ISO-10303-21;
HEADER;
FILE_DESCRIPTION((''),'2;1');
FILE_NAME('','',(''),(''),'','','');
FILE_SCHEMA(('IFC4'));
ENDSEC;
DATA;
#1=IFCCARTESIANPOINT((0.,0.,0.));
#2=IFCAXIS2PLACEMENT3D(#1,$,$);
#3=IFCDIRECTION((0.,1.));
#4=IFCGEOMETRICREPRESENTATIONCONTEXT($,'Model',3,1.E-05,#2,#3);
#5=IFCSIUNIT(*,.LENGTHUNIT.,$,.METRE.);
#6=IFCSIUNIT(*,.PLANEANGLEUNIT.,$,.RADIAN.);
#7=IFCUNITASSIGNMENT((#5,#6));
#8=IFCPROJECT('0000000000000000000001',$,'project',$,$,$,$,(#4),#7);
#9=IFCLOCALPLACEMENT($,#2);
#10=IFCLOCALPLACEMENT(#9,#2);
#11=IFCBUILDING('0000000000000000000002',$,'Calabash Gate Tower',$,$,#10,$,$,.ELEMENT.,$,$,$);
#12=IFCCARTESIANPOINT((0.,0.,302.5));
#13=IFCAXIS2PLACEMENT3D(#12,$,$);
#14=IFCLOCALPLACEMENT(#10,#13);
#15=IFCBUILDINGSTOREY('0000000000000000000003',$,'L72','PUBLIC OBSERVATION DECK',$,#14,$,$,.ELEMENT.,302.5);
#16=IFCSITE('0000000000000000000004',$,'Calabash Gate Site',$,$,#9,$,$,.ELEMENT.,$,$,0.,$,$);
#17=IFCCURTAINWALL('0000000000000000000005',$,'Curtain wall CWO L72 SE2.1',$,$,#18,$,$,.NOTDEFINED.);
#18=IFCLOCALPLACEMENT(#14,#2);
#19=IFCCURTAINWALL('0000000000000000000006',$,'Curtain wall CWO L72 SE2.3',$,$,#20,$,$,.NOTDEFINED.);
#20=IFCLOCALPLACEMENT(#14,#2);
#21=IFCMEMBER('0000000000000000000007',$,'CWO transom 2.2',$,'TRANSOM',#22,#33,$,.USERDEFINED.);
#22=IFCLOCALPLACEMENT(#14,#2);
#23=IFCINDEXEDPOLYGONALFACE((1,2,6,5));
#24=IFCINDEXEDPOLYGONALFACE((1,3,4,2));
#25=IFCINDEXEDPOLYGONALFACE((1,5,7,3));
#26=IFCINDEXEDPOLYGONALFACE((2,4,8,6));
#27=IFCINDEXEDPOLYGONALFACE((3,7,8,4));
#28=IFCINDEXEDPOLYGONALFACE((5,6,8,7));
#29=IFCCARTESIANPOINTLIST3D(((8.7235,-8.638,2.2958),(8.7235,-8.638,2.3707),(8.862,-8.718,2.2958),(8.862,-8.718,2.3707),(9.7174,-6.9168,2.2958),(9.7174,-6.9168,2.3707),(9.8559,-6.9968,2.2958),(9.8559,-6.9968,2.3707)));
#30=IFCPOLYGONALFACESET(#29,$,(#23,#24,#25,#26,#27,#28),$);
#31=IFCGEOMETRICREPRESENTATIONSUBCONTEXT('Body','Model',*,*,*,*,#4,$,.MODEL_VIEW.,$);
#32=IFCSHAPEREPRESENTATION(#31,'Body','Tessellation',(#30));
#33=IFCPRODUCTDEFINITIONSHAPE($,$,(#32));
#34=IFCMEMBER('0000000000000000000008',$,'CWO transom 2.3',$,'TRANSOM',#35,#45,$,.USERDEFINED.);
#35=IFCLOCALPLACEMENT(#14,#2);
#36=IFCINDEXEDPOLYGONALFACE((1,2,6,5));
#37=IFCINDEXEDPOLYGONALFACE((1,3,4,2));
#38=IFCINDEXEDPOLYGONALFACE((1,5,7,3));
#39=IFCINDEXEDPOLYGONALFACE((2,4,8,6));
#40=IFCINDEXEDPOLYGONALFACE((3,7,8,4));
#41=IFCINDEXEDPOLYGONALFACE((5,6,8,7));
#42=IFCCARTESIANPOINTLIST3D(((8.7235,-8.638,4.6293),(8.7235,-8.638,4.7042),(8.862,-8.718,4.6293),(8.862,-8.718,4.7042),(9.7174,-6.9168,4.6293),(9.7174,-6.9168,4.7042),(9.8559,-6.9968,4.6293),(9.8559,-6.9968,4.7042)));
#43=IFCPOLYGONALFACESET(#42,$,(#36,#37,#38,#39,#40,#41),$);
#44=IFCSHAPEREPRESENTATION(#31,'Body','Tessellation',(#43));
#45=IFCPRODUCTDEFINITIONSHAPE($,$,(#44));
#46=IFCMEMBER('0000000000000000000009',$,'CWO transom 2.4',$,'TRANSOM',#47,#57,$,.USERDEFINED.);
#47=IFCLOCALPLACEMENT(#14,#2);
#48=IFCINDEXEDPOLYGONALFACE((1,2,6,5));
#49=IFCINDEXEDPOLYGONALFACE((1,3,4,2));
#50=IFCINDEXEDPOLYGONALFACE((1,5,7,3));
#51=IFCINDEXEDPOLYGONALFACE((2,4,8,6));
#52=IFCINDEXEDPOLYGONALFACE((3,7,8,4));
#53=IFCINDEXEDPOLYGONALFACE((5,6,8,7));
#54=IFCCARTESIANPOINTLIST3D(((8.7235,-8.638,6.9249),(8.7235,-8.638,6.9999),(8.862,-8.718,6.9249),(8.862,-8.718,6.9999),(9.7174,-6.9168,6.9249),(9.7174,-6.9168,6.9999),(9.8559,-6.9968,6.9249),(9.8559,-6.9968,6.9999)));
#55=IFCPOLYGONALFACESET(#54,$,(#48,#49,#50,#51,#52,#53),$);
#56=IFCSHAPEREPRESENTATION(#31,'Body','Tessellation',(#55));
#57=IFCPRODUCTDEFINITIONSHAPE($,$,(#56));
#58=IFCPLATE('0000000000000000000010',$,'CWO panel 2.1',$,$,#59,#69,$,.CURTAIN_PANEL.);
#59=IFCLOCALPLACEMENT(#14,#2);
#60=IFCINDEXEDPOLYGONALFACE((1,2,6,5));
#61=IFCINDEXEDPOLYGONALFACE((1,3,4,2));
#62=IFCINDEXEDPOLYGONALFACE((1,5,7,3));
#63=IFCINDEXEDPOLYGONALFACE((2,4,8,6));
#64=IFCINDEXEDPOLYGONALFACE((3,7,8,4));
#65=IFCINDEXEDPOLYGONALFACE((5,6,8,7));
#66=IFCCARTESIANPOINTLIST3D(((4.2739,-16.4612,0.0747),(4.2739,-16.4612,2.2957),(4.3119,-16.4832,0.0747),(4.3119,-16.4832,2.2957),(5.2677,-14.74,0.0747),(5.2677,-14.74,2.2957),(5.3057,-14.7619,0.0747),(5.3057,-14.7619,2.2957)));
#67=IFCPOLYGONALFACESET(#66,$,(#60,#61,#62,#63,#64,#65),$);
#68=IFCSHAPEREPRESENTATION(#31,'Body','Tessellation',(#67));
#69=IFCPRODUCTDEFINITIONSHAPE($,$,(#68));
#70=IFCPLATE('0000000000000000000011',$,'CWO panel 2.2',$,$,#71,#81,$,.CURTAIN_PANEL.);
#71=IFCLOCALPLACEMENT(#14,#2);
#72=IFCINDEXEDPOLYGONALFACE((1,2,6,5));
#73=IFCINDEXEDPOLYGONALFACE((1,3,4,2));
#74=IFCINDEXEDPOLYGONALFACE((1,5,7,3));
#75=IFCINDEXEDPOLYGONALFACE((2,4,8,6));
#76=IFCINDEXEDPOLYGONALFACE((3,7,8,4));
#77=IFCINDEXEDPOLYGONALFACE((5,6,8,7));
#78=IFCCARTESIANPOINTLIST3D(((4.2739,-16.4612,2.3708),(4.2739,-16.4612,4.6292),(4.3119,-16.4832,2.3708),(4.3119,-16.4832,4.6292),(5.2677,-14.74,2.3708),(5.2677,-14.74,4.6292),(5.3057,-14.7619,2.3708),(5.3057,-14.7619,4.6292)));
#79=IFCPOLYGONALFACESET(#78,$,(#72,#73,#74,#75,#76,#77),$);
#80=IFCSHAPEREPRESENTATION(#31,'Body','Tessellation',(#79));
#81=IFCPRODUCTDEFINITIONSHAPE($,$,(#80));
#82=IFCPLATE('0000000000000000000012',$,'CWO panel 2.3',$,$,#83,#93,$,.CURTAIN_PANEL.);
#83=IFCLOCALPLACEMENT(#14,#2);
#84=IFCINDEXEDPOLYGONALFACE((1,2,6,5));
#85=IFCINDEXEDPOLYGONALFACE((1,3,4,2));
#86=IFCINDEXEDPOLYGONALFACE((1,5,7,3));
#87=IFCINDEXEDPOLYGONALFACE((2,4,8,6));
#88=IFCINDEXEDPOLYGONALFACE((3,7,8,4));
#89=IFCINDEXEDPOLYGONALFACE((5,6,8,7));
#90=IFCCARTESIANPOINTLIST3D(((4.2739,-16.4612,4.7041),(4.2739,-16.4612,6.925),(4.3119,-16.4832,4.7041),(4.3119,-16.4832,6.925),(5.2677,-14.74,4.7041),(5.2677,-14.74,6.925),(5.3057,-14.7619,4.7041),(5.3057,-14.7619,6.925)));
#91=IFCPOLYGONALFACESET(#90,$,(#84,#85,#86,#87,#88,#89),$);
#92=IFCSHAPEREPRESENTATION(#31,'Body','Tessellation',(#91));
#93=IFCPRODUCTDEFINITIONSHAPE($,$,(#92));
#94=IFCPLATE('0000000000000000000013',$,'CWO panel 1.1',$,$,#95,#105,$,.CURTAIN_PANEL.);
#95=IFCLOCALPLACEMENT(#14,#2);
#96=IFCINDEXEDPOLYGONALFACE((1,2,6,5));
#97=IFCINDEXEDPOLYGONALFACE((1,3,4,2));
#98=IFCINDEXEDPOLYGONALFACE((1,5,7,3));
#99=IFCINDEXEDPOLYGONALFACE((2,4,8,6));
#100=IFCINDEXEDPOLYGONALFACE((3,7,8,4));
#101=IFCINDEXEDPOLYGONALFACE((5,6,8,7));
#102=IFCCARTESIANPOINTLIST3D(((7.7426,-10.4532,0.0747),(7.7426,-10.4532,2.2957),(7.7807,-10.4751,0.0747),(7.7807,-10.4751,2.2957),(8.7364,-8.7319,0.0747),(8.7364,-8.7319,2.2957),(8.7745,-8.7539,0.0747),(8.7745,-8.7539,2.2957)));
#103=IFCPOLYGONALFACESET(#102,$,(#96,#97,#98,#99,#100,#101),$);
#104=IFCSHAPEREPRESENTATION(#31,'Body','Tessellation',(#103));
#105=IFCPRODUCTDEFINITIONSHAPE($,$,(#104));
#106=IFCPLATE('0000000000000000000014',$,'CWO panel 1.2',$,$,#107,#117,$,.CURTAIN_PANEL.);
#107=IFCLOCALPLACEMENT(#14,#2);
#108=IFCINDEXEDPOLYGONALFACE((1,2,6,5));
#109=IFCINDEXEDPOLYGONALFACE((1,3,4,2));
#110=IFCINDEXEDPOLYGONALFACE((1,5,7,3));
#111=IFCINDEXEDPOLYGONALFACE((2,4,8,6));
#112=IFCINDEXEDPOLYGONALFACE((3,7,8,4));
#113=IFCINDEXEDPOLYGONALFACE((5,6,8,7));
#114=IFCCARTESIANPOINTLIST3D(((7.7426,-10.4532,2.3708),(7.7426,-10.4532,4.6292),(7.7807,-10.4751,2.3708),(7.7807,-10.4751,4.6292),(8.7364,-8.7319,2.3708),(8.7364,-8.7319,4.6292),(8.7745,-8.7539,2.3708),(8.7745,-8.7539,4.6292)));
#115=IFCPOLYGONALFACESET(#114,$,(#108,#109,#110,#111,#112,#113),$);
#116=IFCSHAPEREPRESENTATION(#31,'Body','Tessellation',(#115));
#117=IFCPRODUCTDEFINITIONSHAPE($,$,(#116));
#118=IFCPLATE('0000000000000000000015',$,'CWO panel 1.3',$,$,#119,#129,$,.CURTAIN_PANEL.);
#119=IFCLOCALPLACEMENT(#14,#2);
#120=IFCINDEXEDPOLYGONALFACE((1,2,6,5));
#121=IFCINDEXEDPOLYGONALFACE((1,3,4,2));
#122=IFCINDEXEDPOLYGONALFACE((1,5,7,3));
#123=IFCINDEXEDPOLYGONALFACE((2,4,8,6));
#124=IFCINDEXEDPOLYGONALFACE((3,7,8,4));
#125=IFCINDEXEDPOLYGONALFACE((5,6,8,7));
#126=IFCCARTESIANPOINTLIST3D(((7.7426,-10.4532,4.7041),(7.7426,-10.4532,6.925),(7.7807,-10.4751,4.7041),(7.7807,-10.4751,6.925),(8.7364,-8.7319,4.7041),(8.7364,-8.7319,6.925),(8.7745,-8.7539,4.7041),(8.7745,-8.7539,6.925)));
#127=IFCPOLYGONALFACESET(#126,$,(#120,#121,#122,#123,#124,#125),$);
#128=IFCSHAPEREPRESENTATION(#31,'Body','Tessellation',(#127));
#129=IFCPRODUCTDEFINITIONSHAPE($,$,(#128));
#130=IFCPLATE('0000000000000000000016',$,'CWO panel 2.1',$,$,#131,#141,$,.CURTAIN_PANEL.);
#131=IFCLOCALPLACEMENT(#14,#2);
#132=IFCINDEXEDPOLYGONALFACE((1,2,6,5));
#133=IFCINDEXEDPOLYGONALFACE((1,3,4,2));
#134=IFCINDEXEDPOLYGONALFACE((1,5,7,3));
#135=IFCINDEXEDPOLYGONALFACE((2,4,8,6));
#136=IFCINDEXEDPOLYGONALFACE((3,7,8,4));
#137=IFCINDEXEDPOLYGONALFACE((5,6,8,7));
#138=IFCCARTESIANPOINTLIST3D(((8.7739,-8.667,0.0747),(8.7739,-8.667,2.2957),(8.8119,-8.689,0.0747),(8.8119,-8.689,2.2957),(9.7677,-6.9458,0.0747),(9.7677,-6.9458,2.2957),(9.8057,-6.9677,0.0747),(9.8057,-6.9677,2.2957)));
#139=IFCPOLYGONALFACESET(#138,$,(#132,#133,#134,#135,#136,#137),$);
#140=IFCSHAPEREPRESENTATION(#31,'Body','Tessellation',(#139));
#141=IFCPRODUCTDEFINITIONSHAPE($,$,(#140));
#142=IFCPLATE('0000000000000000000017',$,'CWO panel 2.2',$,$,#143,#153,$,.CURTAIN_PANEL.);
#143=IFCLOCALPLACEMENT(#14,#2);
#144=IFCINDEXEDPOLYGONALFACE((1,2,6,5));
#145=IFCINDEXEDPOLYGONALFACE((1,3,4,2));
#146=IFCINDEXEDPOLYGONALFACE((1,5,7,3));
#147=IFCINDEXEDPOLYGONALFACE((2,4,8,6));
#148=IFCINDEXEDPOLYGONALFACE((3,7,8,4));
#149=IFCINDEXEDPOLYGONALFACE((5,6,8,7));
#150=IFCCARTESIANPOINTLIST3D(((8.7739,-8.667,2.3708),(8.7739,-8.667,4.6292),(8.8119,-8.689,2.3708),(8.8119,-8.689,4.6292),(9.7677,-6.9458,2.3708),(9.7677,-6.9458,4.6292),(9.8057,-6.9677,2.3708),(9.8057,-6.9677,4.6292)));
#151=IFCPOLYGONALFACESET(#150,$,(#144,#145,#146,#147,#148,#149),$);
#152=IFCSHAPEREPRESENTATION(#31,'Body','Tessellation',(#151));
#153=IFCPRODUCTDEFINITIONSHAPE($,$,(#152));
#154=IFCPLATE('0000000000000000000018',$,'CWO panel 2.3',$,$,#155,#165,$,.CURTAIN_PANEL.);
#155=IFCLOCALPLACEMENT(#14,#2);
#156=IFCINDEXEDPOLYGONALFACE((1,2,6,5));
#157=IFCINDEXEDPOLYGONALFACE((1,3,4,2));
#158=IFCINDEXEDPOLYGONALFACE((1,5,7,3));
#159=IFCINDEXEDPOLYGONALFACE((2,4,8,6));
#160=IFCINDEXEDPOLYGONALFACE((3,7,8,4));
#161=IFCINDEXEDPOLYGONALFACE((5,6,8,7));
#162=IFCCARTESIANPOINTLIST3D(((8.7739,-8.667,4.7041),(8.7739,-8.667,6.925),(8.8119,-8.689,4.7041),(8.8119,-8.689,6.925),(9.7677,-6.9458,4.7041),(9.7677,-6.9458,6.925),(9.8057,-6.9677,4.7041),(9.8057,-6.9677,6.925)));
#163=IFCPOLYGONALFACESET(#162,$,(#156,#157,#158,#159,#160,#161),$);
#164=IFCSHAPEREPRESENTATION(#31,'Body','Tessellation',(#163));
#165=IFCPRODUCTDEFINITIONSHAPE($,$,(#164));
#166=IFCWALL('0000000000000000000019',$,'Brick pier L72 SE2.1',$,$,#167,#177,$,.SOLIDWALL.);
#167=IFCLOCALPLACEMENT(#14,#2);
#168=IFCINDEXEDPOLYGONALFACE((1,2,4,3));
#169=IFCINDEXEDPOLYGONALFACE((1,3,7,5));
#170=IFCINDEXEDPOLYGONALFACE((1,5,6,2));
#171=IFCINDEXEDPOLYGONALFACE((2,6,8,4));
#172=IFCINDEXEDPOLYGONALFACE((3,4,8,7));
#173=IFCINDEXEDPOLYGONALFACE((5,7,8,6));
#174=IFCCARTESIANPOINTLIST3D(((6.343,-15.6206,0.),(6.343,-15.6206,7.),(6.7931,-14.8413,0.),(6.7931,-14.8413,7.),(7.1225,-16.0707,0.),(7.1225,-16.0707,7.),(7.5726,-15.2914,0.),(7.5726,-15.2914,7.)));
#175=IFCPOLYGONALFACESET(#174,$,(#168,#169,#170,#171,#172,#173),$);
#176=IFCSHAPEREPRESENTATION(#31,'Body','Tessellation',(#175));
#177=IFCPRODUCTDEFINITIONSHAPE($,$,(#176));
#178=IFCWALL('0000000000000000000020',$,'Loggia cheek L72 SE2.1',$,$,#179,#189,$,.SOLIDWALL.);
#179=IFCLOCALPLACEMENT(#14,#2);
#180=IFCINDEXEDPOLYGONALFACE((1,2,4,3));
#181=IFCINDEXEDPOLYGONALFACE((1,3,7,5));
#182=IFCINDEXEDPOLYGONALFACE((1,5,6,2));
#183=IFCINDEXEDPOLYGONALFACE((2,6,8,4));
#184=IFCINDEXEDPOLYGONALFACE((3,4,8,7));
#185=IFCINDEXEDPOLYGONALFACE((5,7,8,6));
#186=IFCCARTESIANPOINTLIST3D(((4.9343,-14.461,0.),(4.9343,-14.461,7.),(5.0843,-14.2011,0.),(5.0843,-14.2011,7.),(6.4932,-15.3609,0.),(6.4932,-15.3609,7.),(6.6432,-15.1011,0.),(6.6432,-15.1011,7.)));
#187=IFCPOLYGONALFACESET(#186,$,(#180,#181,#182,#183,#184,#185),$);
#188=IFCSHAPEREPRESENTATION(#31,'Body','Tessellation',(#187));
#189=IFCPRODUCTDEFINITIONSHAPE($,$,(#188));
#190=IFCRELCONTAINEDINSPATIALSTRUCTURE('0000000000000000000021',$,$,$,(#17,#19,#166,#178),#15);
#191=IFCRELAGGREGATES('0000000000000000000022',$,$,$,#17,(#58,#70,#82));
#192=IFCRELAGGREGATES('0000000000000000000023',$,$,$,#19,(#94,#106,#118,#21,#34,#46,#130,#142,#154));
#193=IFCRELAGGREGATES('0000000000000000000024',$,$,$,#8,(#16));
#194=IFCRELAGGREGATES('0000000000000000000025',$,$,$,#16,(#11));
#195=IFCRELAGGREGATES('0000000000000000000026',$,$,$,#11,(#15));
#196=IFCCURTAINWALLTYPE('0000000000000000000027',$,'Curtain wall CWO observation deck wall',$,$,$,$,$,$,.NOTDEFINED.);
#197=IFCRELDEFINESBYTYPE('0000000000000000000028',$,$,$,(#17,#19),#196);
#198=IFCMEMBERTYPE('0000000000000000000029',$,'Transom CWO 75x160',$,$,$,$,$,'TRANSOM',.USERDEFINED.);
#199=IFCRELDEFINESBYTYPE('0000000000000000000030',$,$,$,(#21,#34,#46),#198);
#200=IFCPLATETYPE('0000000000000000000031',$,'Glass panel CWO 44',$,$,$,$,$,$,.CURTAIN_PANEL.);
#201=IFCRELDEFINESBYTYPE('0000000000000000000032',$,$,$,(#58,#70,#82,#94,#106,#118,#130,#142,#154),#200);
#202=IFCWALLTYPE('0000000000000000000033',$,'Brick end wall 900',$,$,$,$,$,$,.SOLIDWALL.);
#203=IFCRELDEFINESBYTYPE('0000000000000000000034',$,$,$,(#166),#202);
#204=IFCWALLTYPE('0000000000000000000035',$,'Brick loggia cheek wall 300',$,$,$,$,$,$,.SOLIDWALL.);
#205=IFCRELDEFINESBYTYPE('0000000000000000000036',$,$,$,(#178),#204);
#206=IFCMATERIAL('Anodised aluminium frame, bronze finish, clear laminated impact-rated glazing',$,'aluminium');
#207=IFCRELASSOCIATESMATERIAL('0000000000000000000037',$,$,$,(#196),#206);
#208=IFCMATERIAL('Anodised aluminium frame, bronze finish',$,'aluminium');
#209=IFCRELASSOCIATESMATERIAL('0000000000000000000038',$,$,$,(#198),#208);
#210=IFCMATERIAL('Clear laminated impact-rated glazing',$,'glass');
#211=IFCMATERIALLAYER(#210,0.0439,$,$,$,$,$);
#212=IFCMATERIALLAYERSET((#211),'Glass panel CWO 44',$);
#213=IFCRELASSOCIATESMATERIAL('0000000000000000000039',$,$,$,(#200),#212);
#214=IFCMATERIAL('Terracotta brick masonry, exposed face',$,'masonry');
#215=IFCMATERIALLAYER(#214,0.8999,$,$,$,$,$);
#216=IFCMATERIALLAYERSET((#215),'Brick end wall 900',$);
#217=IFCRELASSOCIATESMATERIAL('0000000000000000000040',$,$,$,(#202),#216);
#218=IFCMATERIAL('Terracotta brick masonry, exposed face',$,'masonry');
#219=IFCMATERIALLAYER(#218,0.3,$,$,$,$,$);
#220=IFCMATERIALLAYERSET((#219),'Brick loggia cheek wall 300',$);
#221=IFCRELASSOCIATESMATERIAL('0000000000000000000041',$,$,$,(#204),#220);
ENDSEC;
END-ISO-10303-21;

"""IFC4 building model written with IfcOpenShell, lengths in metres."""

from ifc_helpers import new_model, si_unit, direction, frame, frame_2d, origin, origin_2d, place, context, subcontext, project, spatial, rectangle, extrude, material, layer, layer_set, material_profile, profile_set, type_object, element, aggregate, save


model = new_model("IFC4")

# Units and contexts
model_context = context("Model", 3, precision=1e-05, world=origin(), true_north=direction((0.0, 1.0)))
body_context = subcontext(model_context, "Body", "Model", "MODEL_VIEW")
ifc_project = project(units=[si_unit("LENGTHUNIT", "METRE"), si_unit("PLANEANGLEUNIT", "RADIAN")], contexts=[model_context])

# Site, building, storey
site_placement = place(None, origin())
site = spatial("IfcSite", under=ifc_project, at=site_placement, Name="Calabash Gate Site", CompositionType="ELEMENT", RefElevation=0.0)
building_placement = place(site_placement, origin())
building = spatial("IfcBuilding", under=site, at=building_placement, Name="Calabash Gate Tower", CompositionType="ELEMENT")
storey_placement = place(building_placement, frame((0.0, 0.0, 302.5)))
storey = spatial("IfcBuildingStorey", under=building, at=storey_placement, Name="L72", Description="PUBLIC OBSERVATION DECK", CompositionType="ELEMENT", Elevation=302.5)

# Curtain wall
ifc_material_1 = material(Name="Anodised aluminium frame, bronze finish, clear laminated impact-rated glazing", Category="aluminium")
curtain_wall_type = type_object("IfcCurtainWallType", Name="Curtain wall CWO observation deck wall", PredefinedType="NOTDEFINED", material=ifc_material_1)
curtain_wall_1_placement = place(storey_placement, origin())
curtain_wall_1 = element("IfcCurtainWall", 1, at=curtain_wall_1_placement, inside=storey, type_object=curtain_wall_type, Name="Curtain wall CWO L72 SE2.1", PredefinedType="NOTDEFINED")

# Curtain wall
curtain_wall_2_placement = place(storey_placement, origin())
curtain_wall_2 = element("IfcCurtainWall", 2, at=curtain_wall_2_placement, inside=storey, type_object=curtain_wall_type, Name="Curtain wall CWO L72 SE2.3", PredefinedType="NOTDEFINED")

# Members
ifc_material_2 = material(Name="Anodised aluminium frame, bronze finish", Category="aluminium")
ifc_material_profile_1 = material_profile(ifc_material_2, rectangle(XDim=0.1599, YDim=0.075, at=origin_2d()))
ifc_profile_set_1 = profile_set([ifc_material_profile_1], Name="Anodised aluminium frame, bronze finish")
member_type_1 = type_object("IfcMemberType", Name="Transom CWO 75x160", ElementType="TRANSOM", PredefinedType="USERDEFINED", material=ifc_profile_set_1)
member_1_placement = place(storey_placement, frame((8.7927, -8.678, 2.3333), z_axis=(0.500063, 0.865989, 0.0), x_axis=(-0.865989, 0.500063, 0.0)))
member_1 = element("IfcMember", 3, at=member_1_placement, type_object=member_type_1, Name="CWO transom 2.2", ObjectType="TRANSOM", PredefinedType="USERDEFINED", context=body_context, shape_type="SweptSolid", body=[
    extrude(rectangle(XDim=0.1599, YDim=0.075, at=origin_2d()), origin(), (0.0, 0.0, 1.0), 1.9875),
])
member_2_placement = place(storey_placement, frame((8.7927, -8.678, 4.6667), z_axis=(0.500063, 0.865989, 0.0), x_axis=(-0.865989, 0.500063, 0.0)))
member_2 = element("IfcMember", 4, at=member_2_placement, type_object=member_type_1, Name="CWO transom 2.3", ObjectType="TRANSOM", PredefinedType="USERDEFINED", context=body_context, shape_type="SweptSolid", body=[
    extrude(rectangle(XDim=0.1599, YDim=0.075, at=origin_2d()), origin(), (0.0, 0.0, 1.0), 1.9875),
])
member_3_placement = place(storey_placement, frame((8.7927, -8.678, 6.9624), z_axis=(0.500063, 0.865989, 0.0), x_axis=(-0.865989, 0.500063, 0.0)))
member_3 = element("IfcMember", 5, at=member_3_placement, type_object=member_type_1, Name="CWO transom 2.4", ObjectType="TRANSOM", PredefinedType="USERDEFINED", context=body_context, shape_type="SweptSolid", body=[
    extrude(rectangle(XDim=0.1599, YDim=0.075, at=origin_2d()), origin(), (0.0, 0.0, 1.0), 1.9875),
])

# Plates
ifc_material_3 = material(Name="Clear laminated impact-rated glazing", Category="glass")
ifc_layer_1 = layer(ifc_material_3, 0.0439)
ifc_layer_set_1 = layer_set([ifc_layer_1], Name="Glass panel CWO 44")
plate_type = type_object("IfcPlateType", Name="Glass panel CWO 44", PredefinedType="CURTAIN_PANEL", material=ifc_layer_set_1)
plate_1_placement = place(storey_placement, frame((4.7898, -15.6116, 0.0747), z_axis=(0.0, 0.0, 1.0), x_axis=(0.5, 0.866025, 0.0)))
plate_1 = element("IfcPlate", 6, at=plate_1_placement, type_object=plate_type, Name="CWO panel 2.1", PredefinedType="CURTAIN_PANEL", context=body_context, shape_type="SweptSolid", body=[
    extrude(rectangle(XDim=1.9875, YDim=0.0439, at=origin_2d()), origin(), (0.0, 0.0, 1.0), 2.2209),
])
plate_2_placement = place(storey_placement, frame((4.7898, -15.6116, 2.3708), z_axis=(0.0, 0.0, 1.0), x_axis=(0.5, 0.866025, 0.0)))
plate_2 = element("IfcPlate", 7, at=plate_2_placement, type_object=plate_type, Name="CWO panel 2.2", PredefinedType="CURTAIN_PANEL", context=body_context, shape_type="SweptSolid", body=[
    extrude(rectangle(XDim=1.9875, YDim=0.0439, at=origin_2d()), origin(), (0.0, 0.0, 1.0), 2.2583),
])
plate_3_placement = place(storey_placement, frame((4.7898, -15.6116, 4.7041), z_axis=(0.0, 0.0, 1.0), x_axis=(0.5, 0.866025, 0.0)))
plate_3 = element("IfcPlate", 8, at=plate_3_placement, type_object=plate_type, Name="CWO panel 2.3", PredefinedType="CURTAIN_PANEL", context=body_context, shape_type="SweptSolid", body=[
    extrude(rectangle(XDim=1.9875, YDim=0.0439, at=origin_2d()), origin(), (0.0, 0.0, 1.0), 2.2209),
])
aggregate(curtain_wall_1, [plate_1, plate_2, plate_3])
plate_4_placement = place(storey_placement, frame((8.2585, -9.6035, 0.0747), z_axis=(0.0, 0.0, 1.0), x_axis=(0.5, 0.866025, 0.0)))
plate_4 = element("IfcPlate", 9, at=plate_4_placement, type_object=plate_type, Name="CWO panel 1.1", PredefinedType="CURTAIN_PANEL", context=body_context, shape_type="SweptSolid", body=[
    extrude(rectangle(XDim=1.9875, YDim=0.0439, at=origin_2d()), origin(), (0.0, 0.0, 1.0), 2.2209),
])
plate_5_placement = place(storey_placement, frame((8.2585, -9.6035, 2.3708), z_axis=(0.0, 0.0, 1.0), x_axis=(0.5, 0.866025, 0.0)))
plate_5 = element("IfcPlate", 10, at=plate_5_placement, type_object=plate_type, Name="CWO panel 1.2", PredefinedType="CURTAIN_PANEL", context=body_context, shape_type="SweptSolid", body=[
    extrude(rectangle(XDim=1.9875, YDim=0.0439, at=origin_2d()), origin(), (0.0, 0.0, 1.0), 2.2583),
])
plate_6_placement = place(storey_placement, frame((8.2585, -9.6035, 4.7041), z_axis=(0.0, 0.0, 1.0), x_axis=(0.5, 0.866025, 0.0)))
plate_6 = element("IfcPlate", 11, at=plate_6_placement, type_object=plate_type, Name="CWO panel 1.3", PredefinedType="CURTAIN_PANEL", context=body_context, shape_type="SweptSolid", body=[
    extrude(rectangle(XDim=1.9875, YDim=0.0439, at=origin_2d()), origin(), (0.0, 0.0, 1.0), 2.2209),
])
plate_7_placement = place(storey_placement, frame((9.2898, -7.8174, 0.0747), z_axis=(0.0, 0.0, 1.0), x_axis=(0.5, 0.866025, 0.0)))
plate_7 = element("IfcPlate", 12, at=plate_7_placement, type_object=plate_type, Name="CWO panel 2.1", PredefinedType="CURTAIN_PANEL", context=body_context, shape_type="SweptSolid", body=[
    extrude(rectangle(XDim=1.9875, YDim=0.0439, at=origin_2d()), origin(), (0.0, 0.0, 1.0), 2.2209),
])
plate_8_placement = place(storey_placement, frame((9.2898, -7.8174, 2.3708), z_axis=(0.0, 0.0, 1.0), x_axis=(0.5, 0.866025, 0.0)))
plate_8 = element("IfcPlate", 13, at=plate_8_placement, type_object=plate_type, Name="CWO panel 2.2", PredefinedType="CURTAIN_PANEL", context=body_context, shape_type="SweptSolid", body=[
    extrude(rectangle(XDim=1.9875, YDim=0.0439, at=origin_2d()), origin(), (0.0, 0.0, 1.0), 2.2583),
])
plate_9_placement = place(storey_placement, frame((9.2898, -7.8174, 4.7041), z_axis=(0.0, 0.0, 1.0), x_axis=(0.5, 0.866025, 0.0)))
plate_9 = element("IfcPlate", 14, at=plate_9_placement, type_object=plate_type, Name="CWO panel 2.3", PredefinedType="CURTAIN_PANEL", context=body_context, shape_type="SweptSolid", body=[
    extrude(rectangle(XDim=1.9875, YDim=0.0439, at=origin_2d()), origin(), (0.0, 0.0, 1.0), 2.2209),
])
aggregate(curtain_wall_2, [plate_4, plate_5, plate_6, member_1, member_2, member_3, plate_7, plate_8, plate_9])

# Walls
ifc_material_4 = material(Name="Terracotta brick masonry, exposed face", Category="masonry")
ifc_layer_2 = layer(ifc_material_4, 0.8999)
ifc_layer_set_2 = layer_set([ifc_layer_2], Name="Brick end wall 900")
wall_type_1 = type_object("IfcWallType", Name="Brick end wall 900", PredefinedType="SOLIDWALL", material=ifc_layer_set_2)
wall_1_placement = place(storey_placement, frame((7.3477, -15.6812, 0.0), z_axis=(0.0, 0.0, 1.0), x_axis=(-0.865964, 0.500106, 0.0)))
element("IfcWall", 15, at=wall_1_placement, inside=storey, type_object=wall_type_1, Name="Brick pier L72 SE2.1", PredefinedType="SOLIDWALL", context=body_context, shape_type="SweptSolid", body=[
    extrude(rectangle(XDim=0.9001, YDim=0.8999, at=frame_2d((0.4502, 0.0))), origin(), (0.0, 0.0, 1.0), 7.0),
])
ifc_material_5 = material(Name="Terracotta brick masonry, exposed face", Category="masonry")
ifc_layer_3 = layer(ifc_material_5, 0.3)
ifc_layer_set_3 = layer_set([ifc_layer_3], Name="Brick loggia cheek wall 300")
wall_type_2 = type_object("IfcWallType", Name="Brick loggia cheek wall 300", PredefinedType="SOLIDWALL", material=ifc_layer_set_3)
for number, where, z_axis, x_axis, name in (
    (16, (6.5681, -15.231, 0.0), (0.0, 0.0, 1.0), (-0.866048, 0.499961, 0.0), "Loggia cheek L72 SE2.1"),
):
    element("IfcWall", number, at=place(storey_placement, frame(where, z_axis=z_axis, x_axis=x_axis)), inside=storey, type_object=wall_type_2, Name=name, PredefinedType="SOLIDWALL", context=body_context, shape_type="SweptSolid", body=[
        extrude(rectangle(XDim=1.8, YDim=0.3, at=frame_2d((0.8999, 0.0))), origin(), (0.0, 0.0, 1.0), 7.0),
    ])

save(model, "model.ifc")
